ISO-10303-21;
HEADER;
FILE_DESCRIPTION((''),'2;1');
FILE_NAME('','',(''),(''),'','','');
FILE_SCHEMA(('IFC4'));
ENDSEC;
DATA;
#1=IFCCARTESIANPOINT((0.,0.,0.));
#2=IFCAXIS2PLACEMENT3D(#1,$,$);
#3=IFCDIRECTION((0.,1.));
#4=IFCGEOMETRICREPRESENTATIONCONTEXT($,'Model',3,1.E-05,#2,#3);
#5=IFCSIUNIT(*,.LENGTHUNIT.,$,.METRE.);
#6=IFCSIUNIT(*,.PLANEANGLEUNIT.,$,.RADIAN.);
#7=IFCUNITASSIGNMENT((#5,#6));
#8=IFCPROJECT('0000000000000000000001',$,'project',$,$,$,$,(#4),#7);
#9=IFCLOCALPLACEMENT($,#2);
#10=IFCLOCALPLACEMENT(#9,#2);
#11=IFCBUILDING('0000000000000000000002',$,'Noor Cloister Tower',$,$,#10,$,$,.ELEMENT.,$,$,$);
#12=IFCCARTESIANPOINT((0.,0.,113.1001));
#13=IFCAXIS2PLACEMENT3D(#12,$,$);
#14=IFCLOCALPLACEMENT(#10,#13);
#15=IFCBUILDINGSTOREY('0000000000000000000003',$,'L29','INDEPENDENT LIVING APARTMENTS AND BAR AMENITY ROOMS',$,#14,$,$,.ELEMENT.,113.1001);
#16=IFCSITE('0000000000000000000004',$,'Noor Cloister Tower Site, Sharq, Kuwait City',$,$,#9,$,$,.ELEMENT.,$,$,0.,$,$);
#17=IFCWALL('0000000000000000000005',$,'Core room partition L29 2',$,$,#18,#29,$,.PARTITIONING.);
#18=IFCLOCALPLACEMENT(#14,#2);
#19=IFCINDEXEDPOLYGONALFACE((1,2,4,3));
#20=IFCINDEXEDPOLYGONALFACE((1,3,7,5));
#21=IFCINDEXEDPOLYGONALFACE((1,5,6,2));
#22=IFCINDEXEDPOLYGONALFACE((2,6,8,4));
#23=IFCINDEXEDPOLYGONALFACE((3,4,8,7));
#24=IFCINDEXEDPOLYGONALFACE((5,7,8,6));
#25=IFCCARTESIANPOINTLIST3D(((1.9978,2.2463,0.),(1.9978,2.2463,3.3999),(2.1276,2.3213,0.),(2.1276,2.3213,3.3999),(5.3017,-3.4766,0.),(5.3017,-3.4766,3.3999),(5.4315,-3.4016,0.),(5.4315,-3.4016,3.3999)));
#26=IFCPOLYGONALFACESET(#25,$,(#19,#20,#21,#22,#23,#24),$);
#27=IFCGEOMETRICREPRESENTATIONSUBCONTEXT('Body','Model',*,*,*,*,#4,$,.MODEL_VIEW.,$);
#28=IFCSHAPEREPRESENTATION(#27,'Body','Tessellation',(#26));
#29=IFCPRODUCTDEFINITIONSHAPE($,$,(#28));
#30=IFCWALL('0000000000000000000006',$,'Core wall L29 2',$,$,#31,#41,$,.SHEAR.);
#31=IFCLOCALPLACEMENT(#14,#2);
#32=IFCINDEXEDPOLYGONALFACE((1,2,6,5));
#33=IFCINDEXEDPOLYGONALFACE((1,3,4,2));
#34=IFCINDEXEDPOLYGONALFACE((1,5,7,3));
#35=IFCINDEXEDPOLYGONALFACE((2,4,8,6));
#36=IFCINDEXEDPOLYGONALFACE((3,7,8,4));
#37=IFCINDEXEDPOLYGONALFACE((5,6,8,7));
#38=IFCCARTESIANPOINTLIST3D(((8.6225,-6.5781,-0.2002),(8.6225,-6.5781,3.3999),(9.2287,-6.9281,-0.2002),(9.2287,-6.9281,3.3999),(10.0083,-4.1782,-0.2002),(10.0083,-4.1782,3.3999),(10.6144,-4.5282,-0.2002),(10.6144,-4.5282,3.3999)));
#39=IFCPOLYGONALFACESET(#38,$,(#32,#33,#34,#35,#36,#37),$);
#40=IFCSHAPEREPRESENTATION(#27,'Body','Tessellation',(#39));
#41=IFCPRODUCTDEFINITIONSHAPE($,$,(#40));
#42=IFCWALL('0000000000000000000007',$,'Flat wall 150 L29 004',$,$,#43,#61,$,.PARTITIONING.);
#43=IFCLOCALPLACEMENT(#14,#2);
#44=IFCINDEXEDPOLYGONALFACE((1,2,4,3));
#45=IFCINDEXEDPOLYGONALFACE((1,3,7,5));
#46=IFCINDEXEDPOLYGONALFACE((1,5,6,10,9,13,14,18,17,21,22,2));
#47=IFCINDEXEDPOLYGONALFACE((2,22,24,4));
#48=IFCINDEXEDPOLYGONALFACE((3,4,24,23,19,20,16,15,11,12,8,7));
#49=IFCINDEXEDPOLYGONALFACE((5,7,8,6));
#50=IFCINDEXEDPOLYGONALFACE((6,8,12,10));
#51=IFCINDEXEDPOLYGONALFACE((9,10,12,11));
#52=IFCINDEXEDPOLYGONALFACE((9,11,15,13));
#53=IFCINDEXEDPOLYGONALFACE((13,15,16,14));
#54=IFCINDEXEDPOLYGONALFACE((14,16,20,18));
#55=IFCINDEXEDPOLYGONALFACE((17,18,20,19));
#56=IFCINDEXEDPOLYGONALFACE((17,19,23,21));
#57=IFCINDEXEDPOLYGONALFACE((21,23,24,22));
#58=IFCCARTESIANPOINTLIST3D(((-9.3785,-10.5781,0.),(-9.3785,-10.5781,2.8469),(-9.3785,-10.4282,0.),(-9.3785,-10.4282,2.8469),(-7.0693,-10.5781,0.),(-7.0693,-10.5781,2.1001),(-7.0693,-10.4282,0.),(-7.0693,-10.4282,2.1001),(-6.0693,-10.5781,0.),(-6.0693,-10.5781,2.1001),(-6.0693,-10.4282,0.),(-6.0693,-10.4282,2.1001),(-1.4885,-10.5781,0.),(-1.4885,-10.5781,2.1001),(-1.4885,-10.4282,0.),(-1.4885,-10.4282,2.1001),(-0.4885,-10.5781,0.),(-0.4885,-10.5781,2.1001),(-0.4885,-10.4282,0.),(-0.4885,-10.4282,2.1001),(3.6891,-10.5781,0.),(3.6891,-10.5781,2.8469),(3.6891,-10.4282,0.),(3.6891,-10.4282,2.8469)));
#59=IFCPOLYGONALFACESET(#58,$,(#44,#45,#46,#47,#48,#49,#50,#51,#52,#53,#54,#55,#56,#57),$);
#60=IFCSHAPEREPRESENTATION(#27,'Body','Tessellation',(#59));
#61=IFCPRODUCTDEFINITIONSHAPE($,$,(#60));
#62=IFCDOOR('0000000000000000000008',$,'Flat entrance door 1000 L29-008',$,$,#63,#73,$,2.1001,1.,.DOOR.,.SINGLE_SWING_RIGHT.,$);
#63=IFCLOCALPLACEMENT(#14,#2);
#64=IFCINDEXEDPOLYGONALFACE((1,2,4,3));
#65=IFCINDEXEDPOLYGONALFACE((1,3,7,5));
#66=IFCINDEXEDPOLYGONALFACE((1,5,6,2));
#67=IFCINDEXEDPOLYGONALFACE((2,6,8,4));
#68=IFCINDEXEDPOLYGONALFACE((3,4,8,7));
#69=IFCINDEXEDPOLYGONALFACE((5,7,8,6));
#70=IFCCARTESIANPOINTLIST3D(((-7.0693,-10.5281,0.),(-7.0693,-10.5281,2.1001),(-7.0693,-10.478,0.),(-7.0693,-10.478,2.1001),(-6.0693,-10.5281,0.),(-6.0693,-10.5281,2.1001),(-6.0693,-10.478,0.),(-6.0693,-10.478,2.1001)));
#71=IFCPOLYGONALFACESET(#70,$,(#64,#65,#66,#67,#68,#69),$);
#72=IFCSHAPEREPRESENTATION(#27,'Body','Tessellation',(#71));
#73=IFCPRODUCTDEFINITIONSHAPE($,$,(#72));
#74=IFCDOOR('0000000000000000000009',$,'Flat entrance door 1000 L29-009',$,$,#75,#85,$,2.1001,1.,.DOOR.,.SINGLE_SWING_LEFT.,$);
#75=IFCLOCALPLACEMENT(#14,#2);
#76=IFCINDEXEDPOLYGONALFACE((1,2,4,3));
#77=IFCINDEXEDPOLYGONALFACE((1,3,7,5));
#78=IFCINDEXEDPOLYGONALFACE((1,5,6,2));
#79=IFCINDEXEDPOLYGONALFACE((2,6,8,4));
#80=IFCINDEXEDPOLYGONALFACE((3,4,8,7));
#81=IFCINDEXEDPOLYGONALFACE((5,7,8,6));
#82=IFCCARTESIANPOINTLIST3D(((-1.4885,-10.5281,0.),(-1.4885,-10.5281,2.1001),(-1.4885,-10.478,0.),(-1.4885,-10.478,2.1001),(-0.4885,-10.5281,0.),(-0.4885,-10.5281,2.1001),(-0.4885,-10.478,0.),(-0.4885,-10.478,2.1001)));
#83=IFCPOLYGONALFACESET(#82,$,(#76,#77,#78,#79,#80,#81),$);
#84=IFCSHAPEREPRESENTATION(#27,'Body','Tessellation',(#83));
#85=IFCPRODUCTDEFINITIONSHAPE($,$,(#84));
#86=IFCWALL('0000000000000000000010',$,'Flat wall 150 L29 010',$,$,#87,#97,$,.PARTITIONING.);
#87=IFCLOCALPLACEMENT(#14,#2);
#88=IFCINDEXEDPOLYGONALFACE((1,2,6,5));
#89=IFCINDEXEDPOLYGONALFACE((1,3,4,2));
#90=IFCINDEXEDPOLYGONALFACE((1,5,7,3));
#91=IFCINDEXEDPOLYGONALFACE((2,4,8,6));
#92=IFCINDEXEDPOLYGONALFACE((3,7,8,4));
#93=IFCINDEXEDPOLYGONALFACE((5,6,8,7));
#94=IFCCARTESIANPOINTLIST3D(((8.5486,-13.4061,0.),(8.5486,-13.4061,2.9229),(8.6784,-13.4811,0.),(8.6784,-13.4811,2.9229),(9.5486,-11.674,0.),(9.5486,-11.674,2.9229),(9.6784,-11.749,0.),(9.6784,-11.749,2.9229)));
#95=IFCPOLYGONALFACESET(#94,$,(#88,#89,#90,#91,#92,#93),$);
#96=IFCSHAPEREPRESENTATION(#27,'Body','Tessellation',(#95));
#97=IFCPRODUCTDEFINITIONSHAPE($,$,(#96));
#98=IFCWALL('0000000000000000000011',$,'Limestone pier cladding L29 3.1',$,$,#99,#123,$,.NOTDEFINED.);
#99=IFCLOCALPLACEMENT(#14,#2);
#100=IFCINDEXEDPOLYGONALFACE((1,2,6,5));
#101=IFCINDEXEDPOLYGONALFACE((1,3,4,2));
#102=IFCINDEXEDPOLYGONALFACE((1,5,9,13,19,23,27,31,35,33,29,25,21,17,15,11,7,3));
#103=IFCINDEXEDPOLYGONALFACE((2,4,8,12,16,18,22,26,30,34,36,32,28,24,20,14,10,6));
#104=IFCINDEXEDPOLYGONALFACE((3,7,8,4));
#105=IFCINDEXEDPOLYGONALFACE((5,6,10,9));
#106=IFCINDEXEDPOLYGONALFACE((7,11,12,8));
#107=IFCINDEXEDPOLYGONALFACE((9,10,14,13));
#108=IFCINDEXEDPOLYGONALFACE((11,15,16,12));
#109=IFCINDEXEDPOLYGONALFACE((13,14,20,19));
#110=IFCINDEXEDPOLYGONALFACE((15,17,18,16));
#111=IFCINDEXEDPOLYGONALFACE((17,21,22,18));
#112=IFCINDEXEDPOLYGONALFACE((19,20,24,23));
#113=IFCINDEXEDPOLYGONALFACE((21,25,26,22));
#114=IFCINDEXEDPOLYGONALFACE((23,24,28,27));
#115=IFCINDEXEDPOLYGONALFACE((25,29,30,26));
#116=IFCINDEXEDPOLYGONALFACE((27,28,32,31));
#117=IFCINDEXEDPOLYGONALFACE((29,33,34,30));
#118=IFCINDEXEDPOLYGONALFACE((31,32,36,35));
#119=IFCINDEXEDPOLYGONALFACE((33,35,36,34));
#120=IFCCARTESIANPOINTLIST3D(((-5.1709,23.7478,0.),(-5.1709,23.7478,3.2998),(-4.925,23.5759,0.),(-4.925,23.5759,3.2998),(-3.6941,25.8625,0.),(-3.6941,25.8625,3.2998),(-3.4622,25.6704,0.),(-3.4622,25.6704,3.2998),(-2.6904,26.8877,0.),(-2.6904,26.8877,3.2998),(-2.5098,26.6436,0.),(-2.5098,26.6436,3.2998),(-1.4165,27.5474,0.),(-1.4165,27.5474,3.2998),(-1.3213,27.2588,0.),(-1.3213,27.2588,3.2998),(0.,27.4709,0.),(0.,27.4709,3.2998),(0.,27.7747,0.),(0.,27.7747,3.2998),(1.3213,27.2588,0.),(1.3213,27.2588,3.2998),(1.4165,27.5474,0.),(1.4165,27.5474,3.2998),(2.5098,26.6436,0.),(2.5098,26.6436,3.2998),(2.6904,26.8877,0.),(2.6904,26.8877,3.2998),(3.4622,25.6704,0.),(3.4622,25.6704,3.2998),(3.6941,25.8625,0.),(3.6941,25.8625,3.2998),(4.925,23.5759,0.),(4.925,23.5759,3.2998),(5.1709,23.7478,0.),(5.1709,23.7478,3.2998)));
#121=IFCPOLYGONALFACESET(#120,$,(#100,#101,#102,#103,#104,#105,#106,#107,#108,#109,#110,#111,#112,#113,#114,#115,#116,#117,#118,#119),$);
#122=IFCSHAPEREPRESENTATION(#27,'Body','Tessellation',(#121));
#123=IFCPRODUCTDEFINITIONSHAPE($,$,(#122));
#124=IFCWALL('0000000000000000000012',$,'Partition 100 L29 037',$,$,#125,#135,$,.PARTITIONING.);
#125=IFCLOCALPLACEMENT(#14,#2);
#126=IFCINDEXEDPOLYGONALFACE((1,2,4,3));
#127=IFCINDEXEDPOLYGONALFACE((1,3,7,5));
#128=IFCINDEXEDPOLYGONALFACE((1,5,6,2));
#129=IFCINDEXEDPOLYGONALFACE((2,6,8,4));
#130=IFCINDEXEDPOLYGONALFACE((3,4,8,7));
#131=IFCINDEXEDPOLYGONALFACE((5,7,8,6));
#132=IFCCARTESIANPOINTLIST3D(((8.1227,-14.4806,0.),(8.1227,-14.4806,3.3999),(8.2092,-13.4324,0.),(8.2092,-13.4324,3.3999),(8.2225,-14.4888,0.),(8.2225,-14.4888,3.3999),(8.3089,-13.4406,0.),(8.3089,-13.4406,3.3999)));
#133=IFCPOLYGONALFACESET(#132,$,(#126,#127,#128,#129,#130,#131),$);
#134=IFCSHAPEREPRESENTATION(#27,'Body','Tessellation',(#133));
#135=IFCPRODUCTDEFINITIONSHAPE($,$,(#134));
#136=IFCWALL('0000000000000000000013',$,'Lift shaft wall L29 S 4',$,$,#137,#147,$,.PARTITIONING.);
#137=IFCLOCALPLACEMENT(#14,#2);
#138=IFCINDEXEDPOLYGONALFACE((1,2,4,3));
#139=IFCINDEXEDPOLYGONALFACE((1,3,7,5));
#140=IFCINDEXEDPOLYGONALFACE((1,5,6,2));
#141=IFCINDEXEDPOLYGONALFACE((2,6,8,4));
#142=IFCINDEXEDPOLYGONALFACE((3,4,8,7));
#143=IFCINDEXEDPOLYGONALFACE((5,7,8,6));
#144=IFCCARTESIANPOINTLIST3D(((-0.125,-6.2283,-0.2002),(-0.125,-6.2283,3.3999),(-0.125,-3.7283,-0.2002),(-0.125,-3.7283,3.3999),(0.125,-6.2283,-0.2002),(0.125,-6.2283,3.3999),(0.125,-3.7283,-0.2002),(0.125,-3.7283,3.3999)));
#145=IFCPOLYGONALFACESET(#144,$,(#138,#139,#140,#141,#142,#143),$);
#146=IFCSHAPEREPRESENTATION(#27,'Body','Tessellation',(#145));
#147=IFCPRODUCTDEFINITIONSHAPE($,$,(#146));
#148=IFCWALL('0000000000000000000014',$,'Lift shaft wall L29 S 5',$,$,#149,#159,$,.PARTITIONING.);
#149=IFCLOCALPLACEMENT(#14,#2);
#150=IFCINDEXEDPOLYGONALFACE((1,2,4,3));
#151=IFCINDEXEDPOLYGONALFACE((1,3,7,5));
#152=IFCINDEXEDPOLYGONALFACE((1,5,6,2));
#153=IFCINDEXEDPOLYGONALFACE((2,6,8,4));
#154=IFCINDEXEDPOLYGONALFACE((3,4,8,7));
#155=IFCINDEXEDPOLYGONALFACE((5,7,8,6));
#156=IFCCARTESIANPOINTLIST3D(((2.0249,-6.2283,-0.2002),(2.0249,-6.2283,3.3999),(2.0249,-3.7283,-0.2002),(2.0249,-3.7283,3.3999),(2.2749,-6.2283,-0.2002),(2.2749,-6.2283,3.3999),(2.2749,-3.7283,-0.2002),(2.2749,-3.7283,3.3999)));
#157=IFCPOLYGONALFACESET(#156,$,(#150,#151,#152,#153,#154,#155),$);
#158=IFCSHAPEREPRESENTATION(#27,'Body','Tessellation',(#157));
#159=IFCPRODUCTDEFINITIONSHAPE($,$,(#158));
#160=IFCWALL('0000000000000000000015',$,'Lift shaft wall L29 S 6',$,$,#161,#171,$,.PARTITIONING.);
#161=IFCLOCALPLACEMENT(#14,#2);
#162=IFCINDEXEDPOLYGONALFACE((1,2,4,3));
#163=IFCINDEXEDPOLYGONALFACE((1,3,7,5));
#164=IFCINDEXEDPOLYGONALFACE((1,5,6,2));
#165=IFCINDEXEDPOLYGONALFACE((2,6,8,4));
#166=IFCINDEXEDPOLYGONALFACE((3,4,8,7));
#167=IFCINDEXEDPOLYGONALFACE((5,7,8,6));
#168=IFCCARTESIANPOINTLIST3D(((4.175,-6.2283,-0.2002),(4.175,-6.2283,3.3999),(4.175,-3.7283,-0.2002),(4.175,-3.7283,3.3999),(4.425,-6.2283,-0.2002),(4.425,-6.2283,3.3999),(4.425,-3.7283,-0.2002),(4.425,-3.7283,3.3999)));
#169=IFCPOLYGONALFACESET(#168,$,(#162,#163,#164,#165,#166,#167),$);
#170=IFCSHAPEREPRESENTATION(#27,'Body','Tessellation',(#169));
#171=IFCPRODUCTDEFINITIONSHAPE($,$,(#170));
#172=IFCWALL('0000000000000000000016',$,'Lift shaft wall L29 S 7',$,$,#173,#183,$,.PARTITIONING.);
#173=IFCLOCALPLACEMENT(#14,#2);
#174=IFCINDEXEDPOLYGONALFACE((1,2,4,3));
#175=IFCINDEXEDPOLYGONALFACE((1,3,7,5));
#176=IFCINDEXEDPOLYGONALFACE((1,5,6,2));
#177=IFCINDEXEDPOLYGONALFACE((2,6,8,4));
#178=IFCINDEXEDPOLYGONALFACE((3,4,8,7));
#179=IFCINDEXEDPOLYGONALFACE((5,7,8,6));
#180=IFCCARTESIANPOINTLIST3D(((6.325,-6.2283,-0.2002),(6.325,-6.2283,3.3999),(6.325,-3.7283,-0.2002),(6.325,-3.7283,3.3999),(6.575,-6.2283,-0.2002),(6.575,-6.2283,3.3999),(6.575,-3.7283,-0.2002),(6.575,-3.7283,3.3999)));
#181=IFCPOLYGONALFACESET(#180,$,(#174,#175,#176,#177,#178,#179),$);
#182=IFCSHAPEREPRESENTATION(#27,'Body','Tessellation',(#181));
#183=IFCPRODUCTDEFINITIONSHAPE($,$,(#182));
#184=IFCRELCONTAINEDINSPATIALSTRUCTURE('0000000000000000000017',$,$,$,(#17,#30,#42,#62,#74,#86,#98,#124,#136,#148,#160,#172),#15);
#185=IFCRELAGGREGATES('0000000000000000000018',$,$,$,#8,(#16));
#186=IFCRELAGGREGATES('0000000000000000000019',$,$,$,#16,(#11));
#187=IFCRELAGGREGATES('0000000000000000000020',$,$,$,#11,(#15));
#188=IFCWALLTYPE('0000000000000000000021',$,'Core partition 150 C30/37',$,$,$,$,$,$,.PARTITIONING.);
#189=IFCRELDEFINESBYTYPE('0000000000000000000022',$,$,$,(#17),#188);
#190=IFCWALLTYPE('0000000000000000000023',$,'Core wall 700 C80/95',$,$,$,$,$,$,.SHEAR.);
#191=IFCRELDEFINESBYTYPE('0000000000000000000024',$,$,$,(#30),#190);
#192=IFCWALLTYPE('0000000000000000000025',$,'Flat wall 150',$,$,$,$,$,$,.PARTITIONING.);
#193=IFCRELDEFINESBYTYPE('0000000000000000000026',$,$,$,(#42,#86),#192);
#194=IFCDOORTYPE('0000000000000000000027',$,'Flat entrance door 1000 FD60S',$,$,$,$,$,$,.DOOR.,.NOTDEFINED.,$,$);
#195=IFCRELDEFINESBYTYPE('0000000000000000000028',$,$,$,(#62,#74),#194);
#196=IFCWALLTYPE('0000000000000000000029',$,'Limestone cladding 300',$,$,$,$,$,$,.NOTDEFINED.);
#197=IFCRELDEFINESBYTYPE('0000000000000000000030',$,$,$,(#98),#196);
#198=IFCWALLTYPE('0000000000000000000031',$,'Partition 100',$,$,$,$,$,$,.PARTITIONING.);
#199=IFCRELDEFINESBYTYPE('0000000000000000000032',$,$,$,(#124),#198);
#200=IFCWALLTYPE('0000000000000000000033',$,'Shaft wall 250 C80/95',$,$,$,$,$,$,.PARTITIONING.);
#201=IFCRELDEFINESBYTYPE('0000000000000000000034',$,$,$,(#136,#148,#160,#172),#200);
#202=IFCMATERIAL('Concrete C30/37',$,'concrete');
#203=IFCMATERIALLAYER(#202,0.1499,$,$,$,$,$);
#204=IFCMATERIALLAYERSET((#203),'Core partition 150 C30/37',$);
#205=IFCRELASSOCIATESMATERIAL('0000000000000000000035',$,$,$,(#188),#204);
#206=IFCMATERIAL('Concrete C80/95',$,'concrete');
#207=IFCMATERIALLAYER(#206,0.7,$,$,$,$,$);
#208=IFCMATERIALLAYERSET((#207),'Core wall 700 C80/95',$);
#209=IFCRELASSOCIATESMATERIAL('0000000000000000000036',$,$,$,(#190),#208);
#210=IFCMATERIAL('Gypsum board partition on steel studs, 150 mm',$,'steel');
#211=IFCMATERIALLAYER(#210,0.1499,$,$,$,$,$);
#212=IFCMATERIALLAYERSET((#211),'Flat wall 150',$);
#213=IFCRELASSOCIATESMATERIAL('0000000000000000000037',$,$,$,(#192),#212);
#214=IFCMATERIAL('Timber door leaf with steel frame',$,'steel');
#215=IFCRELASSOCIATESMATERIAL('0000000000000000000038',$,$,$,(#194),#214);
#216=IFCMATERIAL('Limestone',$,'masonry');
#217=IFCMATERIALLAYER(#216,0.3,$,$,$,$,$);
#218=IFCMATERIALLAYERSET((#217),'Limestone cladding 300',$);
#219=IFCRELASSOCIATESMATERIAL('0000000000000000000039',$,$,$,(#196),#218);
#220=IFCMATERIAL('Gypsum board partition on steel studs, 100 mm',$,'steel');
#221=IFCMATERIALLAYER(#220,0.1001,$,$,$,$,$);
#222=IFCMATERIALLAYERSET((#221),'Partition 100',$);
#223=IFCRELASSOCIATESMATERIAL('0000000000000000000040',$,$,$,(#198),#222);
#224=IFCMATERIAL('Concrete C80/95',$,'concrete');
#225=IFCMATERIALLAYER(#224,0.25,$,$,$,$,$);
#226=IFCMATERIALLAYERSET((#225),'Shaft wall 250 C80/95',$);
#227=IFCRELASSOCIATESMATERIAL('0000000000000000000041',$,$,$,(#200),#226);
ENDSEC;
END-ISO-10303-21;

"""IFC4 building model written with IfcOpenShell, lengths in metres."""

from ifc_helpers import new_model, si_unit, direction, frame, frame_2d, origin, place, context, subcontext, project, spatial, polyline, rectangle, outline, extrude, material, layer, layer_set, type_object, element, fill, save


model = new_model("IFC4")

# Units and contexts
model_context = context("Model", 3, precision=1e-05, world=origin(), true_north=direction((0.0, 1.0)))
body_context = subcontext(model_context, "Body", "Model", "MODEL_VIEW")
ifc_project = project(units=[si_unit("LENGTHUNIT", "METRE"), si_unit("PLANEANGLEUNIT", "RADIAN")], contexts=[model_context])

# Site, building, storey
site_placement = place(None, origin())
site = spatial("IfcSite", under=ifc_project, at=site_placement, Name="Noor Cloister Tower Site, Sharq, Kuwait City", CompositionType="ELEMENT", RefElevation=0.0)
building_placement = place(site_placement, origin())
building = spatial("IfcBuilding", under=site, at=building_placement, Name="Noor Cloister Tower", CompositionType="ELEMENT")
storey_placement = place(building_placement, frame((0.0, 0.0, 113.1001)))
storey = spatial("IfcBuildingStorey", under=building, at=storey_placement, Name="L29", Description="INDEPENDENT LIVING APARTMENTS AND BAR AMENITY ROOMS", CompositionType="ELEMENT", Elevation=113.1001)

# Walls
ifc_material_1 = material(Name="Concrete C30/37", Category="concrete")
ifc_layer_1 = layer(ifc_material_1, 0.1499)
ifc_layer_set_1 = layer_set([ifc_layer_1], Name="Core partition 150 C30/37")
wall_type_1 = type_object("IfcWallType", Name="Core partition 150 C30/37", PredefinedType="PARTITIONING", material=ifc_layer_set_1)
wall_1_placement = place(storey_placement, frame((5.3667, -3.4392, 0.0), z_axis=(0.0, 0.0, 1.0), x_axis=(-0.499981, 0.866036, 0.0)))
element("IfcWall", 1, at=wall_1_placement, inside=storey, type_object=wall_type_1, Name="Core room partition L29 2", PredefinedType="PARTITIONING", context=body_context, shape_type="SweptSolid", body=[
    extrude(rectangle(XDim=6.6082, YDim=0.1499, at=frame_2d((3.3042, 0.0))), origin(), (0.0, 0.0, 1.0), 3.3999),
])
ifc_material_2 = material(Name="Concrete C80/95", Category="concrete")
ifc_layer_2 = layer(ifc_material_2, 0.7)
ifc_layer_set_2 = layer_set([ifc_layer_2], Name="Core wall 700 C80/95")
wall_type_2 = type_object("IfcWallType", Name="Core wall 700 C80/95", PredefinedType="SHEAR", material=ifc_layer_set_2)
wall_2_placement = place(storey_placement, frame((8.9255, -6.7532, -0.2002), z_axis=(0.0, 0.0, 1.0), x_axis=(0.500043, 0.866001, 0.0)))
element("IfcWall", 2, at=wall_2_placement, inside=storey, type_object=wall_type_2, Name="Core wall L29 2", PredefinedType="SHEAR", context=body_context, shape_type="SweptSolid", body=[
    extrude(rectangle(XDim=2.7712, YDim=0.7, at=frame_2d((1.3857, 0.0))), origin(), (0.0, 0.0, 1.0), 3.6001),
])

# Wall, openings, doors
ifc_material_3 = material(Name="Gypsum board partition on steel studs, 150 mm", Category="steel")
ifc_layer_3 = layer(ifc_material_3, 0.1499)
ifc_layer_set_3 = layer_set([ifc_layer_3], Name="Flat wall 150")
wall_type_3 = type_object("IfcWallType", Name="Flat wall 150", PredefinedType="PARTITIONING", material=ifc_layer_set_3)
wall_3_placement = place(storey_placement, frame((3.689, -10.5032, 0.0), z_axis=(0.0, 0.0, 1.0), x_axis=(-1.0, 0.0, 0.0)))
wall_3 = element("IfcWall", 3, at=wall_3_placement, inside=storey, type_object=wall_type_3, Name="Flat wall 150 L29 004", PredefinedType="PARTITIONING", context=body_context, shape_type="SweptSolid", body=[
    extrude(rectangle(XDim=13.0676, YDim=0.1499, at=frame_2d((6.5337, 0.0))), origin(), (0.0, 0.0, 1.0), 2.8469),
])
opening_1_placement = place(wall_3_placement, frame((9.7583, 0.0, 0.0)))
opening_1 = element("IfcOpeningElement", 4, at=opening_1_placement, cuts=wall_3, PredefinedType="OPENING", context=body_context, shape_type="SweptSolid", body=[
    extrude(rectangle(XDim=1.0, YDim=2.1001, at=frame_2d((0.5, 1.05))), frame((0.0, 0.085, 0.0), z_axis=(0.0, -1.0, 0.0), x_axis=(1.0, 0.0, 0.0)), (0.0, 0.0, 1.0), 0.1699),
])
opening_2_placement = place(wall_3_placement, frame((4.1775, 0.0, 0.0)))
opening_2 = element("IfcOpeningElement", 5, at=opening_2_placement, cuts=wall_3, PredefinedType="OPENING", context=body_context, shape_type="SweptSolid", body=[
    extrude(rectangle(XDim=1.0, YDim=2.1001, at=frame_2d((0.5, 1.05))), frame((0.0, 0.085, 0.0), z_axis=(0.0, -1.0, 0.0), x_axis=(1.0, 0.0, 0.0)), (0.0, 0.0, 1.0), 0.1699),
])
ifc_material_4 = material(Name="Timber door leaf with steel frame", Category="steel")
door_type_1 = type_object("IfcDoorType", Name="Flat entrance door 1000 FD60S", OperationType="NOTDEFINED", PredefinedType="DOOR", material=ifc_material_4)
door_1_placement = place(opening_1_placement, origin())
door_1 = element("IfcDoor", 6, at=door_1_placement, inside=storey, type_object=door_type_1, Name="Flat entrance door 1000 L29-008", OperationType="SINGLE_SWING_RIGHT", OverallHeight=2.1001, OverallWidth=1.0, PredefinedType="DOOR", context=body_context, shape_type="SweptSolid", body=[
    extrude(rectangle(XDim=1.0, YDim=2.1001, at=frame_2d((0.5, 1.05))), frame((0.0, 0.0249, 0.0), z_axis=(0.0, -1.0, 0.0), x_axis=(1.0, 0.0, 0.0)), (0.0, 0.0, 1.0), 0.05),
])
fill(opening_1, door_1)
door_2_placement = place(opening_2_placement, origin())
door_2 = element("IfcDoor", 7, at=door_2_placement, inside=storey, type_object=door_type_1, Name="Flat entrance door 1000 L29-009", OperationType="SINGLE_SWING_LEFT", OverallHeight=2.1001, OverallWidth=1.0, PredefinedType="DOOR", context=body_context, shape_type="SweptSolid", body=[
    extrude(rectangle(XDim=1.0, YDim=2.1001, at=frame_2d((0.5, 1.05))), frame((0.0, 0.0249, 0.0), z_axis=(0.0, -1.0, 0.0), x_axis=(1.0, 0.0, 0.0)), (0.0, 0.0, 1.0), 0.05),
])
fill(opening_2, door_2)

# Walls
wall_4_placement = place(storey_placement, frame((8.6135, -13.4436, 0.0), z_axis=(0.0, 0.0, 1.0), x_axis=(0.499973, 0.866041, 0.0)))
element("IfcWall", 8, at=wall_4_placement, inside=storey, type_object=wall_type_3, Name="Flat wall 150 L29 010", PredefinedType="PARTITIONING", context=body_context, shape_type="SweptSolid", body=[
    extrude(rectangle(XDim=2.0, YDim=0.1499, at=frame_2d((1.0, 0.0))), origin(), (0.0, 0.0, 1.0), 2.9229),
])
ifc_material_5 = material(Name="Limestone", Category="masonry")
ifc_layer_4 = layer(ifc_material_5, 0.3)
ifc_layer_set_4 = layer_set([ifc_layer_4], Name="Limestone cladding 300")
wall_type_4 = type_object("IfcWallType", Name="Limestone cladding 300", PredefinedType="NOTDEFINED", material=ifc_layer_set_4)
wall_5_placement = place(storey_placement, origin())
element("IfcWall", 9, at=wall_5_placement, inside=storey, type_object=wall_type_4, Name="Limestone pier cladding L29 3.1", PredefinedType="NOTDEFINED", context=body_context, shape_type="SweptSolid", body=[
    extrude(outline(polyline([(5.1709, 23.7478), (3.6941, 25.8625), (2.6904, 26.8877), (1.4165, 27.5474), (0.0, 27.7747), (-1.4165, 27.5474), (-2.6904, 26.8877), (-3.6941, 25.8625), (-5.1709, 23.7478), (-4.925, 23.5759), (-3.4622, 25.6704), (-2.5098, 26.6436), (-1.3213, 27.2588), (0.0, 27.4709), (1.3213, 27.2588), (2.5098, 26.6436), (3.4622, 25.6704), (4.925, 23.5759), (5.1709, 23.7478)])), origin(), (0.0, 0.0, 1.0), 3.2998),
])
ifc_material_6 = material(Name="Gypsum board partition on steel studs, 100 mm", Category="steel")
ifc_layer_5 = layer(ifc_material_6, 0.1001)
ifc_layer_set_5 = layer_set([ifc_layer_5], Name="Partition 100")
wall_type_5 = type_object("IfcWallType", Name="Partition 100", PredefinedType="PARTITIONING", material=ifc_layer_set_5)
wall_6_placement = place(storey_placement, frame((8.259, -13.4365, 0.0), z_axis=(0.0, 0.0, 1.0), x_axis=(-0.082181, -0.996617, 0.0)))
element("IfcWall", 10, at=wall_6_placement, inside=storey, type_object=wall_type_5, Name="Partition 100 L29 037", PredefinedType="PARTITIONING", context=body_context, shape_type="SweptSolid", body=[
    extrude(rectangle(XDim=1.0518, YDim=0.1001, at=frame_2d((0.5259, 0.0))), origin(), (0.0, 0.0, 1.0), 3.3999),
])
ifc_material_7 = material(Name="Concrete C80/95", Category="concrete")
ifc_layer_6 = layer(ifc_material_7, 0.25)
ifc_layer_set_6 = layer_set([ifc_layer_6], Name="Shaft wall 250 C80/95")
wall_type_6 = type_object("IfcWallType", Name="Shaft wall 250 C80/95", PredefinedType="PARTITIONING", material=ifc_layer_set_6)
for number, where, z_axis, x_axis, name in (
    (11, (0.0, -6.2283, -0.2002), (0.0, 0.0, 1.0), (0.0, 1.0, 0.0), "Lift shaft wall L29 S 4"),
    (12, (2.1499, -6.2283, -0.2002), (0.0, 0.0, 1.0), (0.0, 1.0, 0.0), "Lift shaft wall L29 S 5"),
    (13, (4.3, -6.2283, -0.2002), (0.0, 0.0, 1.0), (0.0, 1.0, 0.0), "Lift shaft wall L29 S 6"),
    (14, (6.45, -6.2283, -0.2002), (0.0, 0.0, 1.0), (0.0, 1.0, 0.0), "Lift shaft wall L29 S 7"),
):
    element("IfcWall", number, at=place(storey_placement, frame(where, z_axis=z_axis, x_axis=x_axis)), inside=storey, type_object=wall_type_6, Name=name, PredefinedType="PARTITIONING", context=body_context, shape_type="SweptSolid", body=[
        extrude(rectangle(XDim=2.5, YDim=0.25, at=frame_2d((1.25, 0.0))), origin(), (0.0, 0.0, 1.0), 3.6001),
    ])

save(model, "model.ifc")
